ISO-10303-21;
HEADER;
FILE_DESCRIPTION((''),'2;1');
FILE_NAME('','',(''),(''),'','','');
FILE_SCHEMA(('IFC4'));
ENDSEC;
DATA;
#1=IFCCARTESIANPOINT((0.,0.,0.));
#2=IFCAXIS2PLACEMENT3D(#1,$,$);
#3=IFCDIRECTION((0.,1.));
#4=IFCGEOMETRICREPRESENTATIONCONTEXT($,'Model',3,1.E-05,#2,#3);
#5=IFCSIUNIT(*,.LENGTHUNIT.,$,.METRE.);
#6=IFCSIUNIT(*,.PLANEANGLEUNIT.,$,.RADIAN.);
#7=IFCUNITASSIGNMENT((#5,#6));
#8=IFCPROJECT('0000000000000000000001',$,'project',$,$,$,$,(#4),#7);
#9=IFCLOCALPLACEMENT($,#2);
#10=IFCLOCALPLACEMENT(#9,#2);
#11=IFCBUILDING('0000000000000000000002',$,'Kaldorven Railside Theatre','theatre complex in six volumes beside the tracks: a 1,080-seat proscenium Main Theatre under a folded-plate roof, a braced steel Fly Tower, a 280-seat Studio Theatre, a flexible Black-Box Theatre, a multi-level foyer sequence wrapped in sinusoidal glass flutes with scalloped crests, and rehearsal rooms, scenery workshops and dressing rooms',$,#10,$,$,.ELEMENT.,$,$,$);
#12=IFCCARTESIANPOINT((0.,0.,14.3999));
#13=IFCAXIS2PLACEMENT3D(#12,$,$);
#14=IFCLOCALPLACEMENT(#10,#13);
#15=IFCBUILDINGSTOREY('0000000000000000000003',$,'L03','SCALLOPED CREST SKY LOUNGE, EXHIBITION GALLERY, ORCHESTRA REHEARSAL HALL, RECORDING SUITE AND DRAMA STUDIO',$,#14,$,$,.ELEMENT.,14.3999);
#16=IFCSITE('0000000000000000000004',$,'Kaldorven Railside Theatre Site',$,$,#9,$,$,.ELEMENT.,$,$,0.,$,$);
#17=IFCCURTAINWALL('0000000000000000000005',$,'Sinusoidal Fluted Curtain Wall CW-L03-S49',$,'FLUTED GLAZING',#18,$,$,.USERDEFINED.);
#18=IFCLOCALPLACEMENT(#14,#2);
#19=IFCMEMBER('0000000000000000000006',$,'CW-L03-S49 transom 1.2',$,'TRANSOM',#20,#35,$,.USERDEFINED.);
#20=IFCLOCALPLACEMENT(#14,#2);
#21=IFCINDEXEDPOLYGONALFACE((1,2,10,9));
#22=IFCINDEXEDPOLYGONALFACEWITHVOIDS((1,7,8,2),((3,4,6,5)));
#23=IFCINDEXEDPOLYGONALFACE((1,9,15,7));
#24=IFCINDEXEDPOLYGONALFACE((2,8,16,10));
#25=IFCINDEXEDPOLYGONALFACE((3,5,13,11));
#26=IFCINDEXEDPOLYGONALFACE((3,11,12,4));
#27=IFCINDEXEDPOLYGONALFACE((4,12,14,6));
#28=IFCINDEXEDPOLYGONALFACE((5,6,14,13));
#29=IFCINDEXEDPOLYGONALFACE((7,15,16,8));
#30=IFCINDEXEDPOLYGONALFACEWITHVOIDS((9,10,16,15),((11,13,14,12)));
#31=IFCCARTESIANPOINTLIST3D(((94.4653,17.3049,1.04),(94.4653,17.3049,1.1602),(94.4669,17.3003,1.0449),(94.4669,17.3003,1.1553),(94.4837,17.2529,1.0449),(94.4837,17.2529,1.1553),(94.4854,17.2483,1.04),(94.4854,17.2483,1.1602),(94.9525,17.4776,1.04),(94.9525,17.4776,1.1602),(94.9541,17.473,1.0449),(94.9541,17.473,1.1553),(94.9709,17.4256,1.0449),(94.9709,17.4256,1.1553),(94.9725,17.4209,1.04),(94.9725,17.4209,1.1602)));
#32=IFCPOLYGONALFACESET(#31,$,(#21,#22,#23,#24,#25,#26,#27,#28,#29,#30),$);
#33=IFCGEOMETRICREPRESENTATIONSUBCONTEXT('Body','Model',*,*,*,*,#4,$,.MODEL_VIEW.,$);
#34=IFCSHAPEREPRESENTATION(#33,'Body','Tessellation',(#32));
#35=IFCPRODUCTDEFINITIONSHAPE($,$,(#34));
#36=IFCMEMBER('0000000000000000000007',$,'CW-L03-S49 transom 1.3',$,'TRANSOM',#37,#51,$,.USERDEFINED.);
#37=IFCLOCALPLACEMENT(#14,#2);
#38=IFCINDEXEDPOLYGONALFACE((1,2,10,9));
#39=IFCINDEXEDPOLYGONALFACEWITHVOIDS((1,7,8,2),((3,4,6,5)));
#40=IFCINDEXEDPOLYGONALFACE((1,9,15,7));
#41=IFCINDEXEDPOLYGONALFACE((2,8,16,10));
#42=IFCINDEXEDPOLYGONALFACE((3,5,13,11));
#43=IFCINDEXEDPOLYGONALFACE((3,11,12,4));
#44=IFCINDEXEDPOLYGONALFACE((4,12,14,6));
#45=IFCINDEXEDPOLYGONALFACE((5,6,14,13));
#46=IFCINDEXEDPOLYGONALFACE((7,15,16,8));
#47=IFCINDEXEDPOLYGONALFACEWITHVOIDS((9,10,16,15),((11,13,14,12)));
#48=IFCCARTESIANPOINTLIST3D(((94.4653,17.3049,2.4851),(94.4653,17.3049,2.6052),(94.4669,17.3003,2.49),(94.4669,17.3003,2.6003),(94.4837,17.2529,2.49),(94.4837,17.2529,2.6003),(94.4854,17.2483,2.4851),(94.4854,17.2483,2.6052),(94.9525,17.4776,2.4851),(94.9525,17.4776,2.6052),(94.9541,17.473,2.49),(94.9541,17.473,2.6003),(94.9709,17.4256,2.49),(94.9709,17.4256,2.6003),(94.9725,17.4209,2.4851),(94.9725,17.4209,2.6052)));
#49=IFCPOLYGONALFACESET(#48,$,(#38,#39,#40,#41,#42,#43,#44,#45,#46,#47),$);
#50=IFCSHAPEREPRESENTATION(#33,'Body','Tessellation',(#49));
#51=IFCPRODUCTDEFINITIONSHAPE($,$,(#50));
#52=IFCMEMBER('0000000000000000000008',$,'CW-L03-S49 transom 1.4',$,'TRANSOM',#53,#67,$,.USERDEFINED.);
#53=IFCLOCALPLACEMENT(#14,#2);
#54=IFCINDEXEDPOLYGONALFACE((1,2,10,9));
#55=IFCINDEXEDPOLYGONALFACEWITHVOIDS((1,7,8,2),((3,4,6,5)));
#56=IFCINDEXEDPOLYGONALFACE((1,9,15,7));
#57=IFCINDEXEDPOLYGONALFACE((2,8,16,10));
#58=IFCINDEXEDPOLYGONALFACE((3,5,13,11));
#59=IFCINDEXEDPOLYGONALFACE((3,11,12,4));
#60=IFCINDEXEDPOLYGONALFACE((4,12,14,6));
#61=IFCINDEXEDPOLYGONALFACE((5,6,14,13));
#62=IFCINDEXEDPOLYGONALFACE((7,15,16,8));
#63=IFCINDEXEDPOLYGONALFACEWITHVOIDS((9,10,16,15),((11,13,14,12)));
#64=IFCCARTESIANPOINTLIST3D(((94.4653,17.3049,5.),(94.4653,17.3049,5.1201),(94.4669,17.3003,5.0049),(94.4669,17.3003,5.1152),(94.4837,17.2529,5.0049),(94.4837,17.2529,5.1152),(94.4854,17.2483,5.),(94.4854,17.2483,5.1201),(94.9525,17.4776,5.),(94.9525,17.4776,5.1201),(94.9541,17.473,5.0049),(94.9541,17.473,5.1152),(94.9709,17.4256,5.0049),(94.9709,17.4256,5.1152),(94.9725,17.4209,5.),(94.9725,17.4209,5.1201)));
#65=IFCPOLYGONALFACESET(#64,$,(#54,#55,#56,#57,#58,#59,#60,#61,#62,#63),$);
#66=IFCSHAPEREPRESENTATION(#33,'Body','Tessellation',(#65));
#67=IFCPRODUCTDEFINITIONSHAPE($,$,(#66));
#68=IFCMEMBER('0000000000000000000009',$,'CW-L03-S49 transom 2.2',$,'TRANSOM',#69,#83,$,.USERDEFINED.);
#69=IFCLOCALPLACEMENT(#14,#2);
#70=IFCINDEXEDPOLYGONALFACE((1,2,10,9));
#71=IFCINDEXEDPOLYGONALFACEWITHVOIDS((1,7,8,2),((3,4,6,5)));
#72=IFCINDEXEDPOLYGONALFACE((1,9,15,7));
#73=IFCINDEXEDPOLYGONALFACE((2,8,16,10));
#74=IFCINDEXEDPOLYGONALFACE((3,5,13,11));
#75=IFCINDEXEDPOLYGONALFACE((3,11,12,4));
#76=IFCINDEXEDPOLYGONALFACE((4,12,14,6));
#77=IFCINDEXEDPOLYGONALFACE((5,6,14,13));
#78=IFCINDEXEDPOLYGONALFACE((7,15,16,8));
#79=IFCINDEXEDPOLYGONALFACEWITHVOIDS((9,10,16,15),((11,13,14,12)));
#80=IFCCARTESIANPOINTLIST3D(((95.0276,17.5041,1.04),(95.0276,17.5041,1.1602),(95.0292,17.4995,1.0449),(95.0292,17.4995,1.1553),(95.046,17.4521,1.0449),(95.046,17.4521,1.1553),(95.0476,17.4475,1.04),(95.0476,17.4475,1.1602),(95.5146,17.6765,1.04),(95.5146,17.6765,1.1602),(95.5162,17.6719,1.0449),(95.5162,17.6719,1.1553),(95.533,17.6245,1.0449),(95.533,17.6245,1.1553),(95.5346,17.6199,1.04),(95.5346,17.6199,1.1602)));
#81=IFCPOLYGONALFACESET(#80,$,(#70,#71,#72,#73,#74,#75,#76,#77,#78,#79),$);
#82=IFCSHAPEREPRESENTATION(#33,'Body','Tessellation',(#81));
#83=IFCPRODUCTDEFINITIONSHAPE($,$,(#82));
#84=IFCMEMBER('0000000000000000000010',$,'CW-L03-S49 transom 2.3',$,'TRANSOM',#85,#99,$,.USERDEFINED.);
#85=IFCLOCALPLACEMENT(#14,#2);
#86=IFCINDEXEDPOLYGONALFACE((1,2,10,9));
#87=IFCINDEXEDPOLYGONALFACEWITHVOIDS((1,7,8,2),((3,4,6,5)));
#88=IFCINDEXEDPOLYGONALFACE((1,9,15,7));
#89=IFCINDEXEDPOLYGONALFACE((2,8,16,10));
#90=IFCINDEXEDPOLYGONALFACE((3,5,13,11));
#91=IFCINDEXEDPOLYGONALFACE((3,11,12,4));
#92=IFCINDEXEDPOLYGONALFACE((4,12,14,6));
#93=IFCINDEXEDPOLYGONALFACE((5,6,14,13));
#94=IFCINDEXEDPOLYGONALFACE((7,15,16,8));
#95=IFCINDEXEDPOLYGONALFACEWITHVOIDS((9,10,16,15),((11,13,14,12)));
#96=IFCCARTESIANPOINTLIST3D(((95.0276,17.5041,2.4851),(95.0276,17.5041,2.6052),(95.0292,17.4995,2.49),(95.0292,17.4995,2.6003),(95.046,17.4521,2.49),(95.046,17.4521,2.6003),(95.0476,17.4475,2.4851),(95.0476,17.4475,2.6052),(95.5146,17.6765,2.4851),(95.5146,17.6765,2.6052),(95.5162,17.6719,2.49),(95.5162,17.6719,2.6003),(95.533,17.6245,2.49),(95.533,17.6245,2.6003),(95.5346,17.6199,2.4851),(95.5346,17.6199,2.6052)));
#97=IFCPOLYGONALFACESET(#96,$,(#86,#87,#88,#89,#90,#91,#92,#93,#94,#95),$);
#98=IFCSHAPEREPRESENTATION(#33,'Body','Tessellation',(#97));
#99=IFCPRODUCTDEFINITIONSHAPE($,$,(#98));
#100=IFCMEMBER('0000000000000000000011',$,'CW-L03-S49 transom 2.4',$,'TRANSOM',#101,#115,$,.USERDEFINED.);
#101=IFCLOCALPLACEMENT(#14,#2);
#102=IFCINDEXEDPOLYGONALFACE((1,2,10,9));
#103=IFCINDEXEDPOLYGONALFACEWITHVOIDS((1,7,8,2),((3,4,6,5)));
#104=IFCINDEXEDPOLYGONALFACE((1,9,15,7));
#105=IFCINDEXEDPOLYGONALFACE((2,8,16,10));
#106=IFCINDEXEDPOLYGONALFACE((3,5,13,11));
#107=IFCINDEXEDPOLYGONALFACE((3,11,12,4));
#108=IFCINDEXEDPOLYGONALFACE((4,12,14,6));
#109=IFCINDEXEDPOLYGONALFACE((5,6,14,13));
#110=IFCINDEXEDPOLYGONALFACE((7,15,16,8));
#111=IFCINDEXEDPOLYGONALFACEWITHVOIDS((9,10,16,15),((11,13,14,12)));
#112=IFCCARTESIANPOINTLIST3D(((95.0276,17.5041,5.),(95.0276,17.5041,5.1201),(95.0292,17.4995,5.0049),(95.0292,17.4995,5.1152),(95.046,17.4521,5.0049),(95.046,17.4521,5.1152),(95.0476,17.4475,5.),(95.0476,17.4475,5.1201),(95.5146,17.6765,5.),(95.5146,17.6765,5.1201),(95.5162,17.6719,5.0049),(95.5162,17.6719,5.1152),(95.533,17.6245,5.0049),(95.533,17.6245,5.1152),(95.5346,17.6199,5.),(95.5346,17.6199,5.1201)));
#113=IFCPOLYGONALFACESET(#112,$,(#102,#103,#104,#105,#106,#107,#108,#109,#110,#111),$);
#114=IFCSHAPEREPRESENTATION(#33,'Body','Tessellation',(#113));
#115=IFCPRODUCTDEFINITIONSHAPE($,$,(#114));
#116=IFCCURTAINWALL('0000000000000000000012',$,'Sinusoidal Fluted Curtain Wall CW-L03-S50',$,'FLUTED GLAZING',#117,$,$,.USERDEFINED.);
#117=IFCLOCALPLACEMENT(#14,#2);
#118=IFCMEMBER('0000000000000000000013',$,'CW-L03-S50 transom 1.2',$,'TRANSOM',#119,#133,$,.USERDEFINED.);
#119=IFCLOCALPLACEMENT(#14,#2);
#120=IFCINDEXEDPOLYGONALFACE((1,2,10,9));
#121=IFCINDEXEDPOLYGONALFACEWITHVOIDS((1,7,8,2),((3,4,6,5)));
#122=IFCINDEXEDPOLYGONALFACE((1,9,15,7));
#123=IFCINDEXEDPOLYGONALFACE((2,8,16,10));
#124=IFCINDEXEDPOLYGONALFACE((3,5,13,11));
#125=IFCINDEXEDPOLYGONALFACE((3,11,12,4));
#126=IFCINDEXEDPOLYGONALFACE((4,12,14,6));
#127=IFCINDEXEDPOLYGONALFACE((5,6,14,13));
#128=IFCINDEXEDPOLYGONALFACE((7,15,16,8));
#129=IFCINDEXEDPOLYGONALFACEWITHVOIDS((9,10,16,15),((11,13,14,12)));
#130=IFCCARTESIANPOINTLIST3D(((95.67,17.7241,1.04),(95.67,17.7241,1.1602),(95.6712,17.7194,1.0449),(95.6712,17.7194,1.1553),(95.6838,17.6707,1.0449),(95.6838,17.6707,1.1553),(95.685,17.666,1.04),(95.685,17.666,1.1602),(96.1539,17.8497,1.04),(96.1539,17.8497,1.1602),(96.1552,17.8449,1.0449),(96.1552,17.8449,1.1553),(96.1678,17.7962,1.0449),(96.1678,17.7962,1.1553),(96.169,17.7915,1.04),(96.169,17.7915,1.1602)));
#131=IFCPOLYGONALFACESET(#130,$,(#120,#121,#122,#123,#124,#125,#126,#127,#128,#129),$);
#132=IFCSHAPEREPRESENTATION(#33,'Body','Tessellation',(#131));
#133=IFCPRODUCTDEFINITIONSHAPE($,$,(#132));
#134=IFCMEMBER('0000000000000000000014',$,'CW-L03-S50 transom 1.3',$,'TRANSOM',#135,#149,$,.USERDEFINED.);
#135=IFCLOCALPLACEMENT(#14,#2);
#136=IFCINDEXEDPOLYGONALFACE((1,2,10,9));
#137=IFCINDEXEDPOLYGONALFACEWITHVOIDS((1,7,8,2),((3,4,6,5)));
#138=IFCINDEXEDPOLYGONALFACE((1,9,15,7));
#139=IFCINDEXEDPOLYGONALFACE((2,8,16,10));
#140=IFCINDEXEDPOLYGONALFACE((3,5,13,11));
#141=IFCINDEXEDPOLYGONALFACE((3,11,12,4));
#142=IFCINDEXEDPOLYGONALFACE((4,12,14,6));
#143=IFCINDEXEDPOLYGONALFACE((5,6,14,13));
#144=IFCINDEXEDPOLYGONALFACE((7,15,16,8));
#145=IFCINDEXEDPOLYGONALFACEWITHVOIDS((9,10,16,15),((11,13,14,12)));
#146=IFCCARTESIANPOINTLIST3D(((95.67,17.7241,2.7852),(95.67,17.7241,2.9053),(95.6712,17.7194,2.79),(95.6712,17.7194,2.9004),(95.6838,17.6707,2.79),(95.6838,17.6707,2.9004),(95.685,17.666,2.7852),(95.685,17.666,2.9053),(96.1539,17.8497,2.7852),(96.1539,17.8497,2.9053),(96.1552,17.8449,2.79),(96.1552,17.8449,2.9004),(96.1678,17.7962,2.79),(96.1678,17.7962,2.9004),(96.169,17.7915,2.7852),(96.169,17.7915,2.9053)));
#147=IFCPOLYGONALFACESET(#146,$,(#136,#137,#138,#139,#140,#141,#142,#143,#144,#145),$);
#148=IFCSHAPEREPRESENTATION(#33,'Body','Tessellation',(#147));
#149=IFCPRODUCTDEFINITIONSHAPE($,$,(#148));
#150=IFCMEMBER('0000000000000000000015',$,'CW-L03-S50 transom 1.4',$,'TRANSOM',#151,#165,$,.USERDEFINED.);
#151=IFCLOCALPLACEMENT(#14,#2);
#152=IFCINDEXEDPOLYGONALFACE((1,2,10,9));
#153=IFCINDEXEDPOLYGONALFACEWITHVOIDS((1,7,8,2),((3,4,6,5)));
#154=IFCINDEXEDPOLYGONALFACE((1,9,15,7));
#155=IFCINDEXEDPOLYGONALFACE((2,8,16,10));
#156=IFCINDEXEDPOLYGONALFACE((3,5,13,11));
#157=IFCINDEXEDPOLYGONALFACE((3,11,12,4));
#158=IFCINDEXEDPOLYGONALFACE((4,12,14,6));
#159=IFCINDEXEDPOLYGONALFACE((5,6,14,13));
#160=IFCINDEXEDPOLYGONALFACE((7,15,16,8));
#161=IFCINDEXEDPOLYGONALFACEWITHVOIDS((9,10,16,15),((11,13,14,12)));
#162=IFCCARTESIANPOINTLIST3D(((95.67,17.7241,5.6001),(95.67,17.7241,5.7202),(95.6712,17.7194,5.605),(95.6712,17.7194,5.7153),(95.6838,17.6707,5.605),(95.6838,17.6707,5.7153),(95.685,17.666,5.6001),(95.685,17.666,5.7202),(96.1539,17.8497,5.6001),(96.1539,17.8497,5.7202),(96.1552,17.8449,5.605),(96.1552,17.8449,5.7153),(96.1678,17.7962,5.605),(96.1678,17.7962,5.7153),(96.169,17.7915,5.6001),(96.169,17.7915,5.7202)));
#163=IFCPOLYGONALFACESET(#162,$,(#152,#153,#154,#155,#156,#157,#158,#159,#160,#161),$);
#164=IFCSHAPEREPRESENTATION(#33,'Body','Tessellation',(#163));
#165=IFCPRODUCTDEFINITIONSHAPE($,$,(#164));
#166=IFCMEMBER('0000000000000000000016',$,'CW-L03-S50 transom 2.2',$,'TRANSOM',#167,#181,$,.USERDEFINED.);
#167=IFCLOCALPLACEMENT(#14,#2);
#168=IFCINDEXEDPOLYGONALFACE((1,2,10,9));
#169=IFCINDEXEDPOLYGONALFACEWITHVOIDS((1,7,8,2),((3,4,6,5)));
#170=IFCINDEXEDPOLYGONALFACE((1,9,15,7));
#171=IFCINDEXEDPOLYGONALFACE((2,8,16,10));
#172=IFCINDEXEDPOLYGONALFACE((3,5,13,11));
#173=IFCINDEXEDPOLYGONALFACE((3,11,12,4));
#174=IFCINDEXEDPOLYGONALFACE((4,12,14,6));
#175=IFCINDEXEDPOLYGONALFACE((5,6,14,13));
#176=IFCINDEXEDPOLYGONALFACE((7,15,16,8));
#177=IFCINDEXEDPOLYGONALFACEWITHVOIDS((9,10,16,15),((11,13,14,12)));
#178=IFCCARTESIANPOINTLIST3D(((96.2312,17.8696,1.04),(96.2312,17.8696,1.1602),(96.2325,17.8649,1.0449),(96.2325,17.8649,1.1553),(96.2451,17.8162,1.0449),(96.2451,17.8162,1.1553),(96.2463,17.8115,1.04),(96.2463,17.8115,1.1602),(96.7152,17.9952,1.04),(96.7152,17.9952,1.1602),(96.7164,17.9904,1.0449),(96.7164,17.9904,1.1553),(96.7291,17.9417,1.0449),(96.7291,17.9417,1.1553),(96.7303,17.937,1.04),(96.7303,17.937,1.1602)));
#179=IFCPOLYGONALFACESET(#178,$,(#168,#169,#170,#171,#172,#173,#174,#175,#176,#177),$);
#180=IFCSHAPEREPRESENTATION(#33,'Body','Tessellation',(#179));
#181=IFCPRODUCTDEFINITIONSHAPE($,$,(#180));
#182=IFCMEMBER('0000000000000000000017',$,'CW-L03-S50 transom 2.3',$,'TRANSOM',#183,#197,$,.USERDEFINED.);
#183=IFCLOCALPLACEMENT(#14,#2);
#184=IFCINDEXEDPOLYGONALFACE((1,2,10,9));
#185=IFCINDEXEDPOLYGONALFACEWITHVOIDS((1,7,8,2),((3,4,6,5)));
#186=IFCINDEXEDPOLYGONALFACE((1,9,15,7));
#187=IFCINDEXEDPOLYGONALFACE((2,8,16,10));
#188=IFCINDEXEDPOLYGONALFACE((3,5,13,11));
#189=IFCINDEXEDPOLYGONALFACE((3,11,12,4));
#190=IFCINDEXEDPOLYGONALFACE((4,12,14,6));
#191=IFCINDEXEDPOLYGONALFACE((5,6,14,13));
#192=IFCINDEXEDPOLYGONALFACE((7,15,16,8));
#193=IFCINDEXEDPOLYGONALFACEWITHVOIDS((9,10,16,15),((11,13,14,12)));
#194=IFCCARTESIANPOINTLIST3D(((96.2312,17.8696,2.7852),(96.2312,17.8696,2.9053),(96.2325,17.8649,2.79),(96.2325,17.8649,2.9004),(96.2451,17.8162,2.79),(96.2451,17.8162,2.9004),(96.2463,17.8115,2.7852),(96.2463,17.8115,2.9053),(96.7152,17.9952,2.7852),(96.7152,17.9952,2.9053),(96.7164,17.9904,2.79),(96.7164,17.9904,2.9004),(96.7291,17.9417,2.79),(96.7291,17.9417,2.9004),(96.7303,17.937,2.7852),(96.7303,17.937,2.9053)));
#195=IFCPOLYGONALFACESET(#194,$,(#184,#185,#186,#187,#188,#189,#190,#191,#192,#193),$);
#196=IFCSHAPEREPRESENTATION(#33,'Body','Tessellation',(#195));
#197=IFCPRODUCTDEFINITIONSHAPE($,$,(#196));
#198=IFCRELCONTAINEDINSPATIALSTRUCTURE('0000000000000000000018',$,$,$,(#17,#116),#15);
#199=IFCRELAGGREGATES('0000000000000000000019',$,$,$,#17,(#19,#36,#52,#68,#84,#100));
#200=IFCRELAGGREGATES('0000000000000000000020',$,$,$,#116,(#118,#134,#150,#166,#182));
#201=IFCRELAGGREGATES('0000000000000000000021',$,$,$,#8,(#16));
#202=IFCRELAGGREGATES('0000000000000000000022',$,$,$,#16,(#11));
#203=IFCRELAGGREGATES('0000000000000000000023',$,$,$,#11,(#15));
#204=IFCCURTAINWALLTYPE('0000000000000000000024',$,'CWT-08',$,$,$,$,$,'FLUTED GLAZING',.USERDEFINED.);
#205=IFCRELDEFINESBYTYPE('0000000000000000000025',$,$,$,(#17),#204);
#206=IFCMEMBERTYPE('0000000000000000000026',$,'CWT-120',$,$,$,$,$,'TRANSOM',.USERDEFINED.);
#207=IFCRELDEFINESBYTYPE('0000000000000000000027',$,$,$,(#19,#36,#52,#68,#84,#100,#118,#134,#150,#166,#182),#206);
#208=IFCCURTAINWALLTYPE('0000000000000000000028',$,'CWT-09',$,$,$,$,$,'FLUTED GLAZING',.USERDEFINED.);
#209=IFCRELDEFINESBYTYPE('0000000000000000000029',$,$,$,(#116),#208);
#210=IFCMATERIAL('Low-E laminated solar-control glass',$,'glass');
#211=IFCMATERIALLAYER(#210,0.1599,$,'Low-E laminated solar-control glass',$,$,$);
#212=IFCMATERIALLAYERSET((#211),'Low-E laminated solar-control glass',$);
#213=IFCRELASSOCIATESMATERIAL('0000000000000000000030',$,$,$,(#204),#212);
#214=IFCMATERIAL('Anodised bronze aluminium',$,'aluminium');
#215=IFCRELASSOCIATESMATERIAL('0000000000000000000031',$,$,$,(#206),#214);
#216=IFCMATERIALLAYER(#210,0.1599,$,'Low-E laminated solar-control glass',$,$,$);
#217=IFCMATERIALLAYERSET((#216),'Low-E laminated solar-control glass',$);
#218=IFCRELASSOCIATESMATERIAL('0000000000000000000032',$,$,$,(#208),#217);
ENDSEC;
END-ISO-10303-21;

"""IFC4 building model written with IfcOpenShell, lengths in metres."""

from ifc_helpers import new_model, si_unit, direction, frame, origin, origin_2d, place, context, subcontext, project, spatial, hollow_rectangle, extrude, material, layer, layer_set, material_profile, profile_set, type_object, element, aggregate, save


model = new_model("IFC4")

# Units and contexts
model_context = context("Model", 3, precision=1e-05, world=origin(), true_north=direction((0.0, 1.0)))
body_context = subcontext(model_context, "Body", "Model", "MODEL_VIEW")
ifc_project = project(units=[si_unit("LENGTHUNIT", "METRE"), si_unit("PLANEANGLEUNIT", "RADIAN")], contexts=[model_context])

# Site, building, storey
site_placement = place(None, origin())
site = spatial("IfcSite", under=ifc_project, at=site_placement, Name="Kaldorven Railside Theatre Site", CompositionType="ELEMENT", RefElevation=0.0)
building_placement = place(site_placement, origin())
building = spatial("IfcBuilding", under=site, at=building_placement, Name="Kaldorven Railside Theatre", Description="theatre complex in six volumes beside the tracks: a 1,080-seat proscenium Main Theatre under a folded-plate roof, a braced steel Fly Tower, a 280-seat Studio Theatre, a flexible Black-Box Theatre, a multi-level foyer sequence wrapped in sinusoidal glass flutes with scalloped crests, and rehearsal rooms, scenery workshops and dressing rooms", CompositionType="ELEMENT")
storey_placement = place(building_placement, frame((0.0, 0.0, 14.3999)))
storey = spatial("IfcBuildingStorey", under=building, at=storey_placement, Name="L03", Description="SCALLOPED CREST SKY LOUNGE, EXHIBITION GALLERY, ORCHESTRA REHEARSAL HALL, RECORDING SUITE AND DRAMA STUDIO", CompositionType="ELEMENT", Elevation=14.3999)

# Curtain walls, members
ifc_material_1 = material(Name="Low-E laminated solar-control glass", Category="glass")
ifc_layer_1 = layer(ifc_material_1, 0.1599, Name="Low-E laminated solar-control glass")
ifc_layer_set_1 = layer_set([ifc_layer_1], Name="Low-E laminated solar-control glass")
curtain_wall_type_1 = type_object("IfcCurtainWallType", Name="CWT-08", ElementType="FLUTED GLAZING", PredefinedType="USERDEFINED", material=ifc_layer_set_1)
curtain_wall_1_placement = place(storey_placement, origin())
curtain_wall_1 = element("IfcCurtainWall", 1, at=curtain_wall_1_placement, inside=storey, type_object=curtain_wall_type_1, Name="Sinusoidal Fluted Curtain Wall CW-L03-S49", ObjectType="FLUTED GLAZING", PredefinedType="USERDEFINED")
ifc_material_2 = material(Name="Anodised bronze aluminium", Category="aluminium")
ifc_material_profile = material_profile(ifc_material_2, hollow_rectangle(XDim=0.0601, YDim=0.1201, WallThickness=0.0049, at=origin_2d()), Name="RHS 120x60x5")
ifc_profile_set = profile_set([ifc_material_profile], Name="Anodised bronze aluminium")
member_type = type_object("IfcMemberType", Name="CWT-120", ElementType="TRANSOM", PredefinedType="USERDEFINED", material=ifc_profile_set)
member_1_placement = place(storey_placement, frame((94.4753, 17.2766, 1.1001), z_axis=(0.942562, 0.334031, 0.0), x_axis=(-0.334031, 0.942562, 0.0)))
member_1 = element("IfcMember", 2, at=member_1_placement, type_object=member_type, Name="CW-L03-S49 transom 1.2", ObjectType="TRANSOM", PredefinedType="USERDEFINED", context=body_context, shape_type="SweptSolid", body=[
    extrude(hollow_rectangle(XDim=0.0601, YDim=0.1201, WallThickness=0.0049, at=origin_2d()), origin(), (0.0, 0.0, 1.0), 0.5168),
])
member_2_placement = place(storey_placement, frame((94.4753, 17.2766, 2.5452), z_axis=(0.942562, 0.334031, 0.0), x_axis=(-0.334031, 0.942562, 0.0)))
member_2 = element("IfcMember", 3, at=member_2_placement, type_object=member_type, Name="CW-L03-S49 transom 1.3", ObjectType="TRANSOM", PredefinedType="USERDEFINED", context=body_context, shape_type="SweptSolid", body=[
    extrude(hollow_rectangle(XDim=0.0601, YDim=0.1201, WallThickness=0.0049, at=origin_2d()), origin(), (0.0, 0.0, 1.0), 0.5168),
])
member_3_placement = place(storey_placement, frame((94.4753, 17.2766, 5.0601), z_axis=(0.942562, 0.334031, 0.0), x_axis=(-0.334031, 0.942562, 0.0)))
member_3 = element("IfcMember", 4, at=member_3_placement, type_object=member_type, Name="CW-L03-S49 transom 1.4", ObjectType="TRANSOM", PredefinedType="USERDEFINED", context=body_context, shape_type="SweptSolid", body=[
    extrude(hollow_rectangle(XDim=0.0601, YDim=0.1201, WallThickness=0.0049, at=origin_2d()), origin(), (0.0, 0.0, 1.0), 0.5168),
])
member_4_placement = place(storey_placement, frame((95.0376, 17.4758, 1.1001), z_axis=(0.942711, 0.333611, 0.0), x_axis=(-0.333611, 0.942711, 0.0)))
member_4 = element("IfcMember", 5, at=member_4_placement, type_object=member_type, Name="CW-L03-S49 transom 2.2", ObjectType="TRANSOM", PredefinedType="USERDEFINED", context=body_context, shape_type="SweptSolid", body=[
    extrude(hollow_rectangle(XDim=0.0601, YDim=0.1201, WallThickness=0.0049, at=origin_2d()), origin(), (0.0, 0.0, 1.0), 0.5166),
])
member_5_placement = place(storey_placement, frame((95.0376, 17.4758, 2.5452), z_axis=(0.942711, 0.333611, 0.0), x_axis=(-0.333611, 0.942711, 0.0)))
member_5 = element("IfcMember", 6, at=member_5_placement, type_object=member_type, Name="CW-L03-S49 transom 2.3", ObjectType="TRANSOM", PredefinedType="USERDEFINED", context=body_context, shape_type="SweptSolid", body=[
    extrude(hollow_rectangle(XDim=0.0601, YDim=0.1201, WallThickness=0.0049, at=origin_2d()), origin(), (0.0, 0.0, 1.0), 0.5166),
])
member_6_placement = place(storey_placement, frame((95.0376, 17.4758, 5.0601), z_axis=(0.942711, 0.333611, 0.0), x_axis=(-0.333611, 0.942711, 0.0)))
member_6 = element("IfcMember", 7, at=member_6_placement, type_object=member_type, Name="CW-L03-S49 transom 2.4", ObjectType="TRANSOM", PredefinedType="USERDEFINED", context=body_context, shape_type="SweptSolid", body=[
    extrude(hollow_rectangle(XDim=0.0601, YDim=0.1201, WallThickness=0.0049, at=origin_2d()), origin(), (0.0, 0.0, 1.0), 0.5166),
])
ifc_layer_2 = layer(ifc_material_1, 0.1599, Name="Low-E laminated solar-control glass")
ifc_layer_set_2 = layer_set([ifc_layer_2], Name="Low-E laminated solar-control glass")
curtain_wall_type_2 = type_object("IfcCurtainWallType", Name="CWT-09", ElementType="FLUTED GLAZING", PredefinedType="USERDEFINED", material=ifc_layer_set_2)
curtain_wall_2_placement = place(storey_placement, origin())
curtain_wall_2 = element("IfcCurtainWall", 8, at=curtain_wall_2_placement, inside=storey, type_object=curtain_wall_type_2, Name="Sinusoidal Fluted Curtain Wall CW-L03-S50", ObjectType="FLUTED GLAZING", PredefinedType="USERDEFINED")
member_7_placement = place(storey_placement, frame((95.6775, 17.6951, 1.1001), z_axis=(0.967979, 0.25103, 0.0), x_axis=(-0.25103, 0.967979, 0.0)))
member_7 = element("IfcMember", 9, at=member_7_placement, type_object=member_type, Name="CW-L03-S50 transom 1.2", ObjectType="TRANSOM", PredefinedType="USERDEFINED", context=body_context, shape_type="SweptSolid", body=[
    extrude(hollow_rectangle(XDim=0.0601, YDim=0.1201, WallThickness=0.0049, at=origin_2d()), origin(), (0.0, 0.0, 1.0), 0.5),
])
member_8_placement = place(storey_placement, frame((95.6775, 17.6951, 2.8452), z_axis=(0.967979, 0.25103, 0.0), x_axis=(-0.25103, 0.967979, 0.0)))
member_8 = element("IfcMember", 10, at=member_8_placement, type_object=member_type, Name="CW-L03-S50 transom 1.3", ObjectType="TRANSOM", PredefinedType="USERDEFINED", context=body_context, shape_type="SweptSolid", body=[
    extrude(hollow_rectangle(XDim=0.0601, YDim=0.1201, WallThickness=0.0049, at=origin_2d()), origin(), (0.0, 0.0, 1.0), 0.5),
])
member_9_placement = place(storey_placement, frame((95.6775, 17.6951, 5.6602), z_axis=(0.967979, 0.25103, 0.0), x_axis=(-0.25103, 0.967979, 0.0)))
member_9 = element("IfcMember", 11, at=member_9_placement, type_object=member_type, Name="CW-L03-S50 transom 1.4", ObjectType="TRANSOM", PredefinedType="USERDEFINED", context=body_context, shape_type="SweptSolid", body=[
    extrude(hollow_rectangle(XDim=0.0601, YDim=0.1201, WallThickness=0.0049, at=origin_2d()), origin(), (0.0, 0.0, 1.0), 0.5),
])
member_10_placement = place(storey_placement, frame((96.2388, 17.8406, 1.1001), z_axis=(0.967979, 0.25103, 0.0), x_axis=(-0.25103, 0.967979, 0.0)))
member_10 = element("IfcMember", 12, at=member_10_placement, type_object=member_type, Name="CW-L03-S50 transom 2.2", ObjectType="TRANSOM", PredefinedType="USERDEFINED", context=body_context, shape_type="SweptSolid", body=[
    extrude(hollow_rectangle(XDim=0.0601, YDim=0.1201, WallThickness=0.0049, at=origin_2d()), origin(), (0.0, 0.0, 1.0), 0.5),
])
member_11_placement = place(storey_placement, frame((96.2388, 17.8406, 2.8452), z_axis=(0.967979, 0.25103, 0.0), x_axis=(-0.25103, 0.967979, 0.0)))
member_11 = element("IfcMember", 13, at=member_11_placement, type_object=member_type, Name="CW-L03-S50 transom 2.3", ObjectType="TRANSOM", PredefinedType="USERDEFINED", context=body_context, shape_type="SweptSolid", body=[
    extrude(hollow_rectangle(XDim=0.0601, YDim=0.1201, WallThickness=0.0049, at=origin_2d()), origin(), (0.0, 0.0, 1.0), 0.5),
])

aggregate(curtain_wall_1, [member_1, member_2, member_3, member_4, member_5, member_6])
aggregate(curtain_wall_2, [member_7, member_8, member_9, member_10, member_11])

save(model, "model.ifc")
